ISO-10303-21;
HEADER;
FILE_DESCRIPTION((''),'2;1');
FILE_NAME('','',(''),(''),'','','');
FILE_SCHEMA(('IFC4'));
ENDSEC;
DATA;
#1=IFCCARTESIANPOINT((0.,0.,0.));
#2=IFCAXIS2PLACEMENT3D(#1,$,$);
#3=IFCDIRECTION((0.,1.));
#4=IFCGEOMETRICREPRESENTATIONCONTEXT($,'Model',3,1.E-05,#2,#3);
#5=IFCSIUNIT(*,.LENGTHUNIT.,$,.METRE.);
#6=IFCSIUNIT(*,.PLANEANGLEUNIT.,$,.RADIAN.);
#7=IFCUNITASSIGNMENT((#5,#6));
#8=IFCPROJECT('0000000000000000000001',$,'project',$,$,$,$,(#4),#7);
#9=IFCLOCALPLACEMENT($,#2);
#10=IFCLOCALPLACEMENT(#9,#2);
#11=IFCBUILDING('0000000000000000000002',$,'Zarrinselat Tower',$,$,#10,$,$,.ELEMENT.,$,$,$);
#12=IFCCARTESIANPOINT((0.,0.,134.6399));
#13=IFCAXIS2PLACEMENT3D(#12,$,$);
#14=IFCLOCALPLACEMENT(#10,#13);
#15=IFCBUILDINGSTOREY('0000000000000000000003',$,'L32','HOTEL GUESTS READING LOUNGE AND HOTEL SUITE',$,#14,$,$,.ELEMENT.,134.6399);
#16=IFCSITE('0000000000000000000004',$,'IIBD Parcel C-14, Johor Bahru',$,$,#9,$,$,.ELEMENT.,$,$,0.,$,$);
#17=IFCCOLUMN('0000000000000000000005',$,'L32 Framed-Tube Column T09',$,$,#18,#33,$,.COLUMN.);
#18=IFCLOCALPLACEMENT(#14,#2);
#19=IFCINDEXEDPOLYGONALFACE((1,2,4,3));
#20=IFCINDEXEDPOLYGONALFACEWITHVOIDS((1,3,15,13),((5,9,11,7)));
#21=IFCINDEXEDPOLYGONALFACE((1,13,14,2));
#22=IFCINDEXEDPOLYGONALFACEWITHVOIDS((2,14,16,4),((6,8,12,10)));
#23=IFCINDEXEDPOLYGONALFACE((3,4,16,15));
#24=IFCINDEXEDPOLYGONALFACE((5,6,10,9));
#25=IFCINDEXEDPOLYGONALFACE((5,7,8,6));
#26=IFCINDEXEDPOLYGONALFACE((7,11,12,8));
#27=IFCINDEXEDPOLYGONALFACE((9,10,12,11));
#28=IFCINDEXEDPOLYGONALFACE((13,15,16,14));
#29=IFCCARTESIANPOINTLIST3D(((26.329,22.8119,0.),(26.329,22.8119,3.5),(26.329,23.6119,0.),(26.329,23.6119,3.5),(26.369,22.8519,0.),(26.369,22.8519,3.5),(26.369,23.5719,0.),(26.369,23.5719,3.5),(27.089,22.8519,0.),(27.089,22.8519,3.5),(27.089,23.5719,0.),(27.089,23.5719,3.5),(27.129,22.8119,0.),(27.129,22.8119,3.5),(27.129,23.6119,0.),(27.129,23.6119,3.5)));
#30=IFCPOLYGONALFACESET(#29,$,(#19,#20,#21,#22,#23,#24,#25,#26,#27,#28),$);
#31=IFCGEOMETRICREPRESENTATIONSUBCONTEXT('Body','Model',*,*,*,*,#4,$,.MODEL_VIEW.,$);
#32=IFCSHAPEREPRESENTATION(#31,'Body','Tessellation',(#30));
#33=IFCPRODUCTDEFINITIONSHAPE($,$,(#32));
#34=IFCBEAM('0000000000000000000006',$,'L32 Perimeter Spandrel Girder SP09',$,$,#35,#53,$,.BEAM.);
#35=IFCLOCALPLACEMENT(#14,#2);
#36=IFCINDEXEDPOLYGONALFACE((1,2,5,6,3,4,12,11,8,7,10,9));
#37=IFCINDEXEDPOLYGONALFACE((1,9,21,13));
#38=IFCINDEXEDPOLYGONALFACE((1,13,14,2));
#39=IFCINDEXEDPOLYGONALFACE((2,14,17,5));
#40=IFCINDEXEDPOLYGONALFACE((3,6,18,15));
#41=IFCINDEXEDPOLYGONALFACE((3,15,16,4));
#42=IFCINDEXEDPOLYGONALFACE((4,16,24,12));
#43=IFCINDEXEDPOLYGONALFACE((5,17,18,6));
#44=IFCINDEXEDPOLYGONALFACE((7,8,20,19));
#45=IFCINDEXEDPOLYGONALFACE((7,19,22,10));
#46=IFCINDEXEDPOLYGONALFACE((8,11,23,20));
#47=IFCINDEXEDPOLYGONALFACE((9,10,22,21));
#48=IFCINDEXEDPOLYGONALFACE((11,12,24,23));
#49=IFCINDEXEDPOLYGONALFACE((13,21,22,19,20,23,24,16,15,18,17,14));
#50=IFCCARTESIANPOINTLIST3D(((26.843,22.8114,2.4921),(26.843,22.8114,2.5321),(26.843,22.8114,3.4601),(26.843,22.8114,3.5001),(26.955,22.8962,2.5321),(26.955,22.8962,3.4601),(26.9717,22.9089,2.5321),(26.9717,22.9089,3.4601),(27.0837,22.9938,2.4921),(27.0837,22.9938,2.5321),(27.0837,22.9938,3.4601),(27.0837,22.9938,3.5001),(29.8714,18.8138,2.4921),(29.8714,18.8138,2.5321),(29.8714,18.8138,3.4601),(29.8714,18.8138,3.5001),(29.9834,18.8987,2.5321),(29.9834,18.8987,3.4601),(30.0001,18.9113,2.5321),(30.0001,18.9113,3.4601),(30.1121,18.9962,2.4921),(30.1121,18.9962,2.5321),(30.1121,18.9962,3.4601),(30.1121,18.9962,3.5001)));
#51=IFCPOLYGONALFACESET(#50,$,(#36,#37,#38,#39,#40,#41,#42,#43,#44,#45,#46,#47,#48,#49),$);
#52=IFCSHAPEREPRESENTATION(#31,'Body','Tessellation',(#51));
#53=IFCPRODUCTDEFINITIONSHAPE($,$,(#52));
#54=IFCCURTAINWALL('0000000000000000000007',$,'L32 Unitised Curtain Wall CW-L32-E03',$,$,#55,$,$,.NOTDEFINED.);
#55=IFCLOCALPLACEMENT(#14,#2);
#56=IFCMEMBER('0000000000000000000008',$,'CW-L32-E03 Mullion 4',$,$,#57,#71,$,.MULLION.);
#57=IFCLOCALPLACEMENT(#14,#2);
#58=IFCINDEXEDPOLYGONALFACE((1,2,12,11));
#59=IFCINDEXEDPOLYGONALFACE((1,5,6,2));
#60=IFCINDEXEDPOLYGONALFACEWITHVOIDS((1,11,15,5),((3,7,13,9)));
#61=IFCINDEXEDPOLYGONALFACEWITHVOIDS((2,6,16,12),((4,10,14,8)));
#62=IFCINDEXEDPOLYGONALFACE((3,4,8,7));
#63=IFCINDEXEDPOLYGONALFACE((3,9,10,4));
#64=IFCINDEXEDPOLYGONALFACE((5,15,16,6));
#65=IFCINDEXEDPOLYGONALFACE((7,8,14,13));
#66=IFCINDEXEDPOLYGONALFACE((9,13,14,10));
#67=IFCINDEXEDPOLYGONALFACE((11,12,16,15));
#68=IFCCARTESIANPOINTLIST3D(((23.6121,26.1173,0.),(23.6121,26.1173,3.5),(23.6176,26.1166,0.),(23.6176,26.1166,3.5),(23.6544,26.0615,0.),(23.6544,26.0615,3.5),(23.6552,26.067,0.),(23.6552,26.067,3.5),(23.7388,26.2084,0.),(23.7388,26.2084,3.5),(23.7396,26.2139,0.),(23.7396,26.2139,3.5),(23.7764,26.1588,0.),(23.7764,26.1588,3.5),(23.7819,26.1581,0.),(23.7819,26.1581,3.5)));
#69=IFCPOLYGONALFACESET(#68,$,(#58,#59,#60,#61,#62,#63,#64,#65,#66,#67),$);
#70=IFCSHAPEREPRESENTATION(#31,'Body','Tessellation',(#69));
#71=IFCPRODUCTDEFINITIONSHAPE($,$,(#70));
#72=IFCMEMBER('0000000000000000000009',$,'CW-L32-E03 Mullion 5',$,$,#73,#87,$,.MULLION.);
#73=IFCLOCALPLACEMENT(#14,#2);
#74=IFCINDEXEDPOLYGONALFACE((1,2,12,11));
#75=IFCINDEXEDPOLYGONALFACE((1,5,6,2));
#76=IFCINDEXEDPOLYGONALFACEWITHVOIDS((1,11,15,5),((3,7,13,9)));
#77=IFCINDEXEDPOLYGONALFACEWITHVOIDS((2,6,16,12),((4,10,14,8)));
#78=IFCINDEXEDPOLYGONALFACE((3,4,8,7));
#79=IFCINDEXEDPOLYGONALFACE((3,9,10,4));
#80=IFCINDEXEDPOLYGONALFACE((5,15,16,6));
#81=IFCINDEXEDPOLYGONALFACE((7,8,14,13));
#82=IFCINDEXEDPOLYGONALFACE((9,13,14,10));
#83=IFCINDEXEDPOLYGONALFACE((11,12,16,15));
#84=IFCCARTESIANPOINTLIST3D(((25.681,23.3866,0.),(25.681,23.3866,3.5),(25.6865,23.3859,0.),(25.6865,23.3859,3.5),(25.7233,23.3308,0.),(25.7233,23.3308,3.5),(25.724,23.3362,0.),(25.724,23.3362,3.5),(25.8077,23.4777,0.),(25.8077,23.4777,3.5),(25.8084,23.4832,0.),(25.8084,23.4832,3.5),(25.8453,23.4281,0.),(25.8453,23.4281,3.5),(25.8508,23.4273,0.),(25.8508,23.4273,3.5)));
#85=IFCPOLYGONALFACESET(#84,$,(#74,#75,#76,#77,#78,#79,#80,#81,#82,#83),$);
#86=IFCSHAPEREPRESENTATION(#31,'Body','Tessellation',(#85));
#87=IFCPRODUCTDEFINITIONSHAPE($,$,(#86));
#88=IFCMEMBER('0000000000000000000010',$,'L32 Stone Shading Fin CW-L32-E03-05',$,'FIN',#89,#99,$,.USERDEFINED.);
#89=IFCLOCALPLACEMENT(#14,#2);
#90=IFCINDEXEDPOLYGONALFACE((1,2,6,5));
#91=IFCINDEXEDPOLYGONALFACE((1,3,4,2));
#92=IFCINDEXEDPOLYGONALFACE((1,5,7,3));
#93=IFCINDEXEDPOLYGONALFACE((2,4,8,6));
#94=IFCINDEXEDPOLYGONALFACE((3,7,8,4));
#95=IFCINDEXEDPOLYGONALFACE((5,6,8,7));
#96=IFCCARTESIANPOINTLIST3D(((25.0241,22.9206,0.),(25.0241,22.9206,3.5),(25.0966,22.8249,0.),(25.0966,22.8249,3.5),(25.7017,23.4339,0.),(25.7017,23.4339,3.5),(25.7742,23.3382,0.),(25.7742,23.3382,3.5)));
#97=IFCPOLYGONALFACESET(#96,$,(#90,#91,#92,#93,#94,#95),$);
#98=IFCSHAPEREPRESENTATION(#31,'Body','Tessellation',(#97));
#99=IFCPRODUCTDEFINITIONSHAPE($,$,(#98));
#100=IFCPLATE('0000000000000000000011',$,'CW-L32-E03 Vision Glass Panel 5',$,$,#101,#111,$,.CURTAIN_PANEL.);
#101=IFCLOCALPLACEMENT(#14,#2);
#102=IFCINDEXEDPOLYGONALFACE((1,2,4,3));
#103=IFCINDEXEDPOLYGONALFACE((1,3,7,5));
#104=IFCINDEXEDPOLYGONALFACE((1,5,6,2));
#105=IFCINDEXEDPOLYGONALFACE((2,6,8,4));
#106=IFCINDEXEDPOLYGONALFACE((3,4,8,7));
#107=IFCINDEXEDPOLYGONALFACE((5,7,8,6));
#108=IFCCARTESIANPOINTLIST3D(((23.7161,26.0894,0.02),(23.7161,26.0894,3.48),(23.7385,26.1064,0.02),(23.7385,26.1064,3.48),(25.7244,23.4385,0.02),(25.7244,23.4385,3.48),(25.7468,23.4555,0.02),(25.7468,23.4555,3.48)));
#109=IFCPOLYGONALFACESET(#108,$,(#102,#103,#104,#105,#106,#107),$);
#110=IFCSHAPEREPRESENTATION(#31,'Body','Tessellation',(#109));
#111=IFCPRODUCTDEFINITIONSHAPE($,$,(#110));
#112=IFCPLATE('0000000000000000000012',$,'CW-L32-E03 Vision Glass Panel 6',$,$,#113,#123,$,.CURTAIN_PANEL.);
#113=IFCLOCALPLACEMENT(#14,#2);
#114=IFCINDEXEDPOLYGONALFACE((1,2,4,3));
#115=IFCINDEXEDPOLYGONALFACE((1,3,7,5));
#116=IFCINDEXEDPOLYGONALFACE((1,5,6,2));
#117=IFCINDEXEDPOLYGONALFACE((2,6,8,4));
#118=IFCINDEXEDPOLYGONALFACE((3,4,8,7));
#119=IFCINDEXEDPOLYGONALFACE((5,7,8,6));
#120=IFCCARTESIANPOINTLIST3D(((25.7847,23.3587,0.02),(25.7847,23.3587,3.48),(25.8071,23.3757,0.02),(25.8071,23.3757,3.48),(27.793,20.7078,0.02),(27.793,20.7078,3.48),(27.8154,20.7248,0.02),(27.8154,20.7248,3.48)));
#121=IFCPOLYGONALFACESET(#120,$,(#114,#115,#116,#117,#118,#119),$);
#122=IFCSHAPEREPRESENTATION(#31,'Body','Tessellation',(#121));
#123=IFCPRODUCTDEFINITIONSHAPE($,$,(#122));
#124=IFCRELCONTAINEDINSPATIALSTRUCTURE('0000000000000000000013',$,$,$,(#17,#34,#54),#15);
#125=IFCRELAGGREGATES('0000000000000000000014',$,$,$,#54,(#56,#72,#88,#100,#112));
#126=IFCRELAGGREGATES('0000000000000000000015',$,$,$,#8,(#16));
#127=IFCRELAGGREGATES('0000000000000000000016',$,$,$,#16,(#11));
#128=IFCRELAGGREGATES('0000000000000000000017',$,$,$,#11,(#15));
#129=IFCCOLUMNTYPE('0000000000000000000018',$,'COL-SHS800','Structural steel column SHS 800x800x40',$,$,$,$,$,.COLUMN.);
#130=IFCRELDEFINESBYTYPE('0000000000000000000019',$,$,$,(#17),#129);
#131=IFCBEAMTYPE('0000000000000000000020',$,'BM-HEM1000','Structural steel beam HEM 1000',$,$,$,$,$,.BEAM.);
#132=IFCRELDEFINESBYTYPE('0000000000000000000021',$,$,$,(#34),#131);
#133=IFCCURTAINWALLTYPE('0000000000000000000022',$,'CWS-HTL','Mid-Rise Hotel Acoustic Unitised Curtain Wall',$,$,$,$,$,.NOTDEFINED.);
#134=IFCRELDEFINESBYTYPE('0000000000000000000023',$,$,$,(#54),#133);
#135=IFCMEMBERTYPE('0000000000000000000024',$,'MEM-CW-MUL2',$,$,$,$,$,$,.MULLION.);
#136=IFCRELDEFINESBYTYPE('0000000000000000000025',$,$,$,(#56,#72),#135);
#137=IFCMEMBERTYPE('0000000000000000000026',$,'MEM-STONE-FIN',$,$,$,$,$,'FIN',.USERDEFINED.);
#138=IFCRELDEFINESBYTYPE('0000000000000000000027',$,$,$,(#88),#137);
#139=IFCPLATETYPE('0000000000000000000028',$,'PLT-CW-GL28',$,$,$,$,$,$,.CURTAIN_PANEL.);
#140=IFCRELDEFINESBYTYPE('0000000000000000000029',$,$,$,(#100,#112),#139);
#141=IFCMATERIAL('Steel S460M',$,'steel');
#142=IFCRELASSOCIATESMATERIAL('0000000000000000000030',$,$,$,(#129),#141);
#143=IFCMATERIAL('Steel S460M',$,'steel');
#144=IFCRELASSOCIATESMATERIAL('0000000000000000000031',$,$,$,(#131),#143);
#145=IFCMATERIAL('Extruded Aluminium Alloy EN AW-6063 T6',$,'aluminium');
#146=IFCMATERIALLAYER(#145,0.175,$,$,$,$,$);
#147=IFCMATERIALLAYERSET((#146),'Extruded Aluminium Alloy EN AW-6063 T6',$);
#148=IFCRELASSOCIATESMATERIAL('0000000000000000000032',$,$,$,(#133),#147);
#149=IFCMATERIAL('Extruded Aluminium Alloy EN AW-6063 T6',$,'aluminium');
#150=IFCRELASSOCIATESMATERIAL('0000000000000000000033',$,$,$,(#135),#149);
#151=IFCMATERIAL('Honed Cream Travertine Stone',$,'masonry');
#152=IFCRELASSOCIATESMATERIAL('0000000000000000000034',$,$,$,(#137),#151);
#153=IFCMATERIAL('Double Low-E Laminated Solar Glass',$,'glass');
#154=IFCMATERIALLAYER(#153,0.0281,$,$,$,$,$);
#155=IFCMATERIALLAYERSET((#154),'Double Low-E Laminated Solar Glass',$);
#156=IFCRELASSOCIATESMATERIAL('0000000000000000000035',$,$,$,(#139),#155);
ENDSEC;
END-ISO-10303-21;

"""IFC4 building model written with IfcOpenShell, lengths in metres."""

from ifc_helpers import new_model, si_unit, direction, frame, origin, origin_2d, place, context, subcontext, project, spatial, rectangle, hollow_rectangle, i_section, extrude, material, layer, layer_set, material_profile, profile_set, type_object, element, aggregate, save


model = new_model("IFC4")

# Units and contexts
model_context = context("Model", 3, precision=1e-05, world=origin(), true_north=direction((0.0, 1.0)))
body_context = subcontext(model_context, "Body", "Model", "MODEL_VIEW")
ifc_project = project(units=[si_unit("LENGTHUNIT", "METRE"), si_unit("PLANEANGLEUNIT", "RADIAN")], contexts=[model_context])

# Site, building, storey
site_placement = place(None, origin())
site = spatial("IfcSite", under=ifc_project, at=site_placement, Name="IIBD Parcel C-14, Johor Bahru", CompositionType="ELEMENT", RefElevation=0.0)
building_placement = place(site_placement, origin())
building = spatial("IfcBuilding", under=site, at=building_placement, Name="Zarrinselat Tower", CompositionType="ELEMENT")
storey_placement = place(building_placement, frame((0.0, 0.0, 134.6399)))
storey = spatial("IfcBuildingStorey", under=building, at=storey_placement, Name="L32", Description="HOTEL GUESTS READING LOUNGE AND HOTEL SUITE", CompositionType="ELEMENT", Elevation=134.6399)

# Column
ifc_material_1 = material(Name="Steel S460M", Category="steel")
ifc_material_profile_1 = material_profile(ifc_material_1, hollow_rectangle(XDim=0.8, YDim=0.8, WallThickness=0.04, at=origin_2d()), Name="SHS 800x800x40")
ifc_profile_set_1 = profile_set([ifc_material_profile_1], Name="Steel S460M")
column_type = type_object("IfcColumnType", Name="COL-SHS800", Description="Structural steel column SHS 800x800x40", PredefinedType="COLUMN", material=ifc_profile_set_1)
column_placement = place(storey_placement, frame((26.729, 23.2119, 0.0), z_axis=(0.0, 0.0, 1.0), x_axis=(1.0, 0.0, 0.0)))
element("IfcColumn", 1, at=column_placement, inside=storey, type_object=column_type, Name="L32 Framed-Tube Column T09", PredefinedType="COLUMN", context=body_context, shape_type="SweptSolid", body=[
    extrude(hollow_rectangle(XDim=0.8, YDim=0.8, WallThickness=0.04, at=origin_2d()), origin(), (0.0, 0.0, 1.0), 3.5),
])

# Beam
ifc_material_2 = material(Name="Steel S460M", Category="steel")
ifc_material_profile_2 = material_profile(ifc_material_2, i_section(OverallWidth=0.302, OverallDepth=1.0081, WebThickness=0.021, FlangeThickness=0.04, at=origin_2d()), Name="HEM 1000")
ifc_profile_set_2 = profile_set([ifc_material_profile_2], Name="Steel S460M")
beam_type = type_object("IfcBeamType", Name="BM-HEM1000", Description="Structural steel beam HEM 1000", PredefinedType="BEAM", material=ifc_profile_set_2)
beam_placement = place(storey_placement, frame((26.9634, 22.9026, 2.9961), z_axis=(0.603841, -0.797105, 0.0), x_axis=(0.797105, 0.603841, 0.0)))
element("IfcBeam", 2, at=beam_placement, inside=storey, type_object=beam_type, Name="L32 Perimeter Spandrel Girder SP09", PredefinedType="BEAM", context=body_context, shape_type="SweptSolid", body=[
    extrude(i_section(OverallWidth=0.302, OverallDepth=1.0081, WebThickness=0.021, FlangeThickness=0.04, at=origin_2d()), origin(), (0.0, 0.0, 1.0), 5.0151),
])

# Curtain wall, members, plates
ifc_material_3 = material(Name="Extruded Aluminium Alloy EN AW-6063 T6", Category="aluminium")
ifc_layer_1 = layer(ifc_material_3, 0.175)
ifc_layer_set_1 = layer_set([ifc_layer_1], Name="Extruded Aluminium Alloy EN AW-6063 T6")
curtain_wall_type = type_object("IfcCurtainWallType", Name="CWS-HTL", Description="Mid-Rise Hotel Acoustic Unitised Curtain Wall", PredefinedType="NOTDEFINED", material=ifc_layer_set_1)
curtain_wall_placement = place(storey_placement, origin())
curtain_wall = element("IfcCurtainWall", 3, at=curtain_wall_placement, inside=storey, type_object=curtain_wall_type, Name="L32 Unitised Curtain Wall CW-L32-E03", PredefinedType="NOTDEFINED")
ifc_material_4 = material(Name="Extruded Aluminium Alloy EN AW-6063 T6", Category="aluminium")
ifc_material_profile_3 = material_profile(ifc_material_4, hollow_rectangle(XDim=0.0701, YDim=0.1599, WallThickness=0.0039, at=origin_2d()), Name="RHS 160x70x4")
ifc_profile_set_3 = profile_set([ifc_material_profile_3], Name="Extruded Aluminium Alloy EN AW-6063 T6")
member_type_1 = type_object("IfcMemberType", Name="MEM-CW-MUL2", PredefinedType="MULLION", material=ifc_profile_set_3)
member_1_placement = place(storey_placement, frame((23.697, 26.1377, 0.0), z_axis=(0.0, 0.0, 1.0), x_axis=(0.603856, -0.797094, 0.0)))
member_1 = element("IfcMember", 4, at=member_1_placement, type_object=member_type_1, Name="CW-L32-E03 Mullion 4", PredefinedType="MULLION", context=body_context, shape_type="SweptSolid", body=[
    extrude(hollow_rectangle(XDim=0.0701, YDim=0.1599, WallThickness=0.0039, at=origin_2d()), origin(), (0.0, 0.0, 1.0), 3.5),
])
member_2_placement = place(storey_placement, frame((25.7659, 23.407, 0.0), z_axis=(0.0, 0.0, 1.0), x_axis=(0.603856, -0.797094, 0.0)))
member_2 = element("IfcMember", 5, at=member_2_placement, type_object=member_type_1, Name="CW-L32-E03 Mullion 5", PredefinedType="MULLION", context=body_context, shape_type="SweptSolid", body=[
    extrude(hollow_rectangle(XDim=0.0701, YDim=0.1599, WallThickness=0.0039, at=origin_2d()), origin(), (0.0, 0.0, 1.0), 3.5),
])
ifc_material_5 = material(Name="Honed Cream Travertine Stone", Category="masonry")
ifc_material_profile_4 = material_profile(ifc_material_5, rectangle(XDim=0.1201, YDim=0.8501, at=origin_2d()), Name="FIN 850x120")
ifc_profile_set_4 = profile_set([ifc_material_profile_4], Name="Honed Cream Travertine Stone")
member_type_2 = type_object("IfcMemberType", Name="MEM-STONE-FIN", ElementType="FIN", PredefinedType="USERDEFINED", material=ifc_profile_set_4)
member_3_placement = place(storey_placement, frame((25.3992, 23.1294, 0.0), z_axis=(0.0, 0.0, 1.0), x_axis=(-0.603856, 0.797094, 0.0)))
member_3 = element("IfcMember", 6, at=member_3_placement, type_object=member_type_2, Name="L32 Stone Shading Fin CW-L32-E03-05", ObjectType="FIN", PredefinedType="USERDEFINED", context=body_context, shape_type="SweptSolid", body=[
    extrude(rectangle(XDim=0.1201, YDim=0.8501, at=origin_2d()), origin(), (0.0, 0.0, 1.0), 3.5),
])
ifc_material_6 = material(Name="Double Low-E Laminated Solar Glass", Category="glass")
ifc_layer_2 = layer(ifc_material_6, 0.0281)
ifc_layer_set_2 = layer_set([ifc_layer_2], Name="Double Low-E Laminated Solar Glass")
plate_type = type_object("IfcPlateType", Name="PLT-CW-GL28", PredefinedType="CURTAIN_PANEL", material=ifc_layer_set_2)
plate_1_placement = place(storey_placement, frame((24.7314, 24.7725, 0.02), z_axis=(0.0, 0.0, 1.0), x_axis=(0.603856, -0.797094, 0.0)))
plate_1 = element("IfcPlate", 7, at=plate_1_placement, type_object=plate_type, Name="CW-L32-E03 Vision Glass Panel 5", PredefinedType="CURTAIN_PANEL", context=body_context, shape_type="SweptSolid", body=[
    extrude(rectangle(XDim=3.3257, YDim=0.0281, at=origin_2d()), origin(), (0.0, 0.0, 1.0), 3.46),
])
plate_2_placement = place(storey_placement, frame((26.8, 22.0417, 0.02), z_axis=(0.0, 0.0, 1.0), x_axis=(0.603856, -0.797094, 0.0)))
plate_2 = element("IfcPlate", 8, at=plate_2_placement, type_object=plate_type, Name="CW-L32-E03 Vision Glass Panel 6", PredefinedType="CURTAIN_PANEL", context=body_context, shape_type="SweptSolid", body=[
    extrude(rectangle(XDim=3.3257, YDim=0.0281, at=origin_2d()), origin(), (0.0, 0.0, 1.0), 3.46),
])
aggregate(curtain_wall, [member_1, member_2, member_3, plate_1, plate_2])

save(model, "model.ifc")
